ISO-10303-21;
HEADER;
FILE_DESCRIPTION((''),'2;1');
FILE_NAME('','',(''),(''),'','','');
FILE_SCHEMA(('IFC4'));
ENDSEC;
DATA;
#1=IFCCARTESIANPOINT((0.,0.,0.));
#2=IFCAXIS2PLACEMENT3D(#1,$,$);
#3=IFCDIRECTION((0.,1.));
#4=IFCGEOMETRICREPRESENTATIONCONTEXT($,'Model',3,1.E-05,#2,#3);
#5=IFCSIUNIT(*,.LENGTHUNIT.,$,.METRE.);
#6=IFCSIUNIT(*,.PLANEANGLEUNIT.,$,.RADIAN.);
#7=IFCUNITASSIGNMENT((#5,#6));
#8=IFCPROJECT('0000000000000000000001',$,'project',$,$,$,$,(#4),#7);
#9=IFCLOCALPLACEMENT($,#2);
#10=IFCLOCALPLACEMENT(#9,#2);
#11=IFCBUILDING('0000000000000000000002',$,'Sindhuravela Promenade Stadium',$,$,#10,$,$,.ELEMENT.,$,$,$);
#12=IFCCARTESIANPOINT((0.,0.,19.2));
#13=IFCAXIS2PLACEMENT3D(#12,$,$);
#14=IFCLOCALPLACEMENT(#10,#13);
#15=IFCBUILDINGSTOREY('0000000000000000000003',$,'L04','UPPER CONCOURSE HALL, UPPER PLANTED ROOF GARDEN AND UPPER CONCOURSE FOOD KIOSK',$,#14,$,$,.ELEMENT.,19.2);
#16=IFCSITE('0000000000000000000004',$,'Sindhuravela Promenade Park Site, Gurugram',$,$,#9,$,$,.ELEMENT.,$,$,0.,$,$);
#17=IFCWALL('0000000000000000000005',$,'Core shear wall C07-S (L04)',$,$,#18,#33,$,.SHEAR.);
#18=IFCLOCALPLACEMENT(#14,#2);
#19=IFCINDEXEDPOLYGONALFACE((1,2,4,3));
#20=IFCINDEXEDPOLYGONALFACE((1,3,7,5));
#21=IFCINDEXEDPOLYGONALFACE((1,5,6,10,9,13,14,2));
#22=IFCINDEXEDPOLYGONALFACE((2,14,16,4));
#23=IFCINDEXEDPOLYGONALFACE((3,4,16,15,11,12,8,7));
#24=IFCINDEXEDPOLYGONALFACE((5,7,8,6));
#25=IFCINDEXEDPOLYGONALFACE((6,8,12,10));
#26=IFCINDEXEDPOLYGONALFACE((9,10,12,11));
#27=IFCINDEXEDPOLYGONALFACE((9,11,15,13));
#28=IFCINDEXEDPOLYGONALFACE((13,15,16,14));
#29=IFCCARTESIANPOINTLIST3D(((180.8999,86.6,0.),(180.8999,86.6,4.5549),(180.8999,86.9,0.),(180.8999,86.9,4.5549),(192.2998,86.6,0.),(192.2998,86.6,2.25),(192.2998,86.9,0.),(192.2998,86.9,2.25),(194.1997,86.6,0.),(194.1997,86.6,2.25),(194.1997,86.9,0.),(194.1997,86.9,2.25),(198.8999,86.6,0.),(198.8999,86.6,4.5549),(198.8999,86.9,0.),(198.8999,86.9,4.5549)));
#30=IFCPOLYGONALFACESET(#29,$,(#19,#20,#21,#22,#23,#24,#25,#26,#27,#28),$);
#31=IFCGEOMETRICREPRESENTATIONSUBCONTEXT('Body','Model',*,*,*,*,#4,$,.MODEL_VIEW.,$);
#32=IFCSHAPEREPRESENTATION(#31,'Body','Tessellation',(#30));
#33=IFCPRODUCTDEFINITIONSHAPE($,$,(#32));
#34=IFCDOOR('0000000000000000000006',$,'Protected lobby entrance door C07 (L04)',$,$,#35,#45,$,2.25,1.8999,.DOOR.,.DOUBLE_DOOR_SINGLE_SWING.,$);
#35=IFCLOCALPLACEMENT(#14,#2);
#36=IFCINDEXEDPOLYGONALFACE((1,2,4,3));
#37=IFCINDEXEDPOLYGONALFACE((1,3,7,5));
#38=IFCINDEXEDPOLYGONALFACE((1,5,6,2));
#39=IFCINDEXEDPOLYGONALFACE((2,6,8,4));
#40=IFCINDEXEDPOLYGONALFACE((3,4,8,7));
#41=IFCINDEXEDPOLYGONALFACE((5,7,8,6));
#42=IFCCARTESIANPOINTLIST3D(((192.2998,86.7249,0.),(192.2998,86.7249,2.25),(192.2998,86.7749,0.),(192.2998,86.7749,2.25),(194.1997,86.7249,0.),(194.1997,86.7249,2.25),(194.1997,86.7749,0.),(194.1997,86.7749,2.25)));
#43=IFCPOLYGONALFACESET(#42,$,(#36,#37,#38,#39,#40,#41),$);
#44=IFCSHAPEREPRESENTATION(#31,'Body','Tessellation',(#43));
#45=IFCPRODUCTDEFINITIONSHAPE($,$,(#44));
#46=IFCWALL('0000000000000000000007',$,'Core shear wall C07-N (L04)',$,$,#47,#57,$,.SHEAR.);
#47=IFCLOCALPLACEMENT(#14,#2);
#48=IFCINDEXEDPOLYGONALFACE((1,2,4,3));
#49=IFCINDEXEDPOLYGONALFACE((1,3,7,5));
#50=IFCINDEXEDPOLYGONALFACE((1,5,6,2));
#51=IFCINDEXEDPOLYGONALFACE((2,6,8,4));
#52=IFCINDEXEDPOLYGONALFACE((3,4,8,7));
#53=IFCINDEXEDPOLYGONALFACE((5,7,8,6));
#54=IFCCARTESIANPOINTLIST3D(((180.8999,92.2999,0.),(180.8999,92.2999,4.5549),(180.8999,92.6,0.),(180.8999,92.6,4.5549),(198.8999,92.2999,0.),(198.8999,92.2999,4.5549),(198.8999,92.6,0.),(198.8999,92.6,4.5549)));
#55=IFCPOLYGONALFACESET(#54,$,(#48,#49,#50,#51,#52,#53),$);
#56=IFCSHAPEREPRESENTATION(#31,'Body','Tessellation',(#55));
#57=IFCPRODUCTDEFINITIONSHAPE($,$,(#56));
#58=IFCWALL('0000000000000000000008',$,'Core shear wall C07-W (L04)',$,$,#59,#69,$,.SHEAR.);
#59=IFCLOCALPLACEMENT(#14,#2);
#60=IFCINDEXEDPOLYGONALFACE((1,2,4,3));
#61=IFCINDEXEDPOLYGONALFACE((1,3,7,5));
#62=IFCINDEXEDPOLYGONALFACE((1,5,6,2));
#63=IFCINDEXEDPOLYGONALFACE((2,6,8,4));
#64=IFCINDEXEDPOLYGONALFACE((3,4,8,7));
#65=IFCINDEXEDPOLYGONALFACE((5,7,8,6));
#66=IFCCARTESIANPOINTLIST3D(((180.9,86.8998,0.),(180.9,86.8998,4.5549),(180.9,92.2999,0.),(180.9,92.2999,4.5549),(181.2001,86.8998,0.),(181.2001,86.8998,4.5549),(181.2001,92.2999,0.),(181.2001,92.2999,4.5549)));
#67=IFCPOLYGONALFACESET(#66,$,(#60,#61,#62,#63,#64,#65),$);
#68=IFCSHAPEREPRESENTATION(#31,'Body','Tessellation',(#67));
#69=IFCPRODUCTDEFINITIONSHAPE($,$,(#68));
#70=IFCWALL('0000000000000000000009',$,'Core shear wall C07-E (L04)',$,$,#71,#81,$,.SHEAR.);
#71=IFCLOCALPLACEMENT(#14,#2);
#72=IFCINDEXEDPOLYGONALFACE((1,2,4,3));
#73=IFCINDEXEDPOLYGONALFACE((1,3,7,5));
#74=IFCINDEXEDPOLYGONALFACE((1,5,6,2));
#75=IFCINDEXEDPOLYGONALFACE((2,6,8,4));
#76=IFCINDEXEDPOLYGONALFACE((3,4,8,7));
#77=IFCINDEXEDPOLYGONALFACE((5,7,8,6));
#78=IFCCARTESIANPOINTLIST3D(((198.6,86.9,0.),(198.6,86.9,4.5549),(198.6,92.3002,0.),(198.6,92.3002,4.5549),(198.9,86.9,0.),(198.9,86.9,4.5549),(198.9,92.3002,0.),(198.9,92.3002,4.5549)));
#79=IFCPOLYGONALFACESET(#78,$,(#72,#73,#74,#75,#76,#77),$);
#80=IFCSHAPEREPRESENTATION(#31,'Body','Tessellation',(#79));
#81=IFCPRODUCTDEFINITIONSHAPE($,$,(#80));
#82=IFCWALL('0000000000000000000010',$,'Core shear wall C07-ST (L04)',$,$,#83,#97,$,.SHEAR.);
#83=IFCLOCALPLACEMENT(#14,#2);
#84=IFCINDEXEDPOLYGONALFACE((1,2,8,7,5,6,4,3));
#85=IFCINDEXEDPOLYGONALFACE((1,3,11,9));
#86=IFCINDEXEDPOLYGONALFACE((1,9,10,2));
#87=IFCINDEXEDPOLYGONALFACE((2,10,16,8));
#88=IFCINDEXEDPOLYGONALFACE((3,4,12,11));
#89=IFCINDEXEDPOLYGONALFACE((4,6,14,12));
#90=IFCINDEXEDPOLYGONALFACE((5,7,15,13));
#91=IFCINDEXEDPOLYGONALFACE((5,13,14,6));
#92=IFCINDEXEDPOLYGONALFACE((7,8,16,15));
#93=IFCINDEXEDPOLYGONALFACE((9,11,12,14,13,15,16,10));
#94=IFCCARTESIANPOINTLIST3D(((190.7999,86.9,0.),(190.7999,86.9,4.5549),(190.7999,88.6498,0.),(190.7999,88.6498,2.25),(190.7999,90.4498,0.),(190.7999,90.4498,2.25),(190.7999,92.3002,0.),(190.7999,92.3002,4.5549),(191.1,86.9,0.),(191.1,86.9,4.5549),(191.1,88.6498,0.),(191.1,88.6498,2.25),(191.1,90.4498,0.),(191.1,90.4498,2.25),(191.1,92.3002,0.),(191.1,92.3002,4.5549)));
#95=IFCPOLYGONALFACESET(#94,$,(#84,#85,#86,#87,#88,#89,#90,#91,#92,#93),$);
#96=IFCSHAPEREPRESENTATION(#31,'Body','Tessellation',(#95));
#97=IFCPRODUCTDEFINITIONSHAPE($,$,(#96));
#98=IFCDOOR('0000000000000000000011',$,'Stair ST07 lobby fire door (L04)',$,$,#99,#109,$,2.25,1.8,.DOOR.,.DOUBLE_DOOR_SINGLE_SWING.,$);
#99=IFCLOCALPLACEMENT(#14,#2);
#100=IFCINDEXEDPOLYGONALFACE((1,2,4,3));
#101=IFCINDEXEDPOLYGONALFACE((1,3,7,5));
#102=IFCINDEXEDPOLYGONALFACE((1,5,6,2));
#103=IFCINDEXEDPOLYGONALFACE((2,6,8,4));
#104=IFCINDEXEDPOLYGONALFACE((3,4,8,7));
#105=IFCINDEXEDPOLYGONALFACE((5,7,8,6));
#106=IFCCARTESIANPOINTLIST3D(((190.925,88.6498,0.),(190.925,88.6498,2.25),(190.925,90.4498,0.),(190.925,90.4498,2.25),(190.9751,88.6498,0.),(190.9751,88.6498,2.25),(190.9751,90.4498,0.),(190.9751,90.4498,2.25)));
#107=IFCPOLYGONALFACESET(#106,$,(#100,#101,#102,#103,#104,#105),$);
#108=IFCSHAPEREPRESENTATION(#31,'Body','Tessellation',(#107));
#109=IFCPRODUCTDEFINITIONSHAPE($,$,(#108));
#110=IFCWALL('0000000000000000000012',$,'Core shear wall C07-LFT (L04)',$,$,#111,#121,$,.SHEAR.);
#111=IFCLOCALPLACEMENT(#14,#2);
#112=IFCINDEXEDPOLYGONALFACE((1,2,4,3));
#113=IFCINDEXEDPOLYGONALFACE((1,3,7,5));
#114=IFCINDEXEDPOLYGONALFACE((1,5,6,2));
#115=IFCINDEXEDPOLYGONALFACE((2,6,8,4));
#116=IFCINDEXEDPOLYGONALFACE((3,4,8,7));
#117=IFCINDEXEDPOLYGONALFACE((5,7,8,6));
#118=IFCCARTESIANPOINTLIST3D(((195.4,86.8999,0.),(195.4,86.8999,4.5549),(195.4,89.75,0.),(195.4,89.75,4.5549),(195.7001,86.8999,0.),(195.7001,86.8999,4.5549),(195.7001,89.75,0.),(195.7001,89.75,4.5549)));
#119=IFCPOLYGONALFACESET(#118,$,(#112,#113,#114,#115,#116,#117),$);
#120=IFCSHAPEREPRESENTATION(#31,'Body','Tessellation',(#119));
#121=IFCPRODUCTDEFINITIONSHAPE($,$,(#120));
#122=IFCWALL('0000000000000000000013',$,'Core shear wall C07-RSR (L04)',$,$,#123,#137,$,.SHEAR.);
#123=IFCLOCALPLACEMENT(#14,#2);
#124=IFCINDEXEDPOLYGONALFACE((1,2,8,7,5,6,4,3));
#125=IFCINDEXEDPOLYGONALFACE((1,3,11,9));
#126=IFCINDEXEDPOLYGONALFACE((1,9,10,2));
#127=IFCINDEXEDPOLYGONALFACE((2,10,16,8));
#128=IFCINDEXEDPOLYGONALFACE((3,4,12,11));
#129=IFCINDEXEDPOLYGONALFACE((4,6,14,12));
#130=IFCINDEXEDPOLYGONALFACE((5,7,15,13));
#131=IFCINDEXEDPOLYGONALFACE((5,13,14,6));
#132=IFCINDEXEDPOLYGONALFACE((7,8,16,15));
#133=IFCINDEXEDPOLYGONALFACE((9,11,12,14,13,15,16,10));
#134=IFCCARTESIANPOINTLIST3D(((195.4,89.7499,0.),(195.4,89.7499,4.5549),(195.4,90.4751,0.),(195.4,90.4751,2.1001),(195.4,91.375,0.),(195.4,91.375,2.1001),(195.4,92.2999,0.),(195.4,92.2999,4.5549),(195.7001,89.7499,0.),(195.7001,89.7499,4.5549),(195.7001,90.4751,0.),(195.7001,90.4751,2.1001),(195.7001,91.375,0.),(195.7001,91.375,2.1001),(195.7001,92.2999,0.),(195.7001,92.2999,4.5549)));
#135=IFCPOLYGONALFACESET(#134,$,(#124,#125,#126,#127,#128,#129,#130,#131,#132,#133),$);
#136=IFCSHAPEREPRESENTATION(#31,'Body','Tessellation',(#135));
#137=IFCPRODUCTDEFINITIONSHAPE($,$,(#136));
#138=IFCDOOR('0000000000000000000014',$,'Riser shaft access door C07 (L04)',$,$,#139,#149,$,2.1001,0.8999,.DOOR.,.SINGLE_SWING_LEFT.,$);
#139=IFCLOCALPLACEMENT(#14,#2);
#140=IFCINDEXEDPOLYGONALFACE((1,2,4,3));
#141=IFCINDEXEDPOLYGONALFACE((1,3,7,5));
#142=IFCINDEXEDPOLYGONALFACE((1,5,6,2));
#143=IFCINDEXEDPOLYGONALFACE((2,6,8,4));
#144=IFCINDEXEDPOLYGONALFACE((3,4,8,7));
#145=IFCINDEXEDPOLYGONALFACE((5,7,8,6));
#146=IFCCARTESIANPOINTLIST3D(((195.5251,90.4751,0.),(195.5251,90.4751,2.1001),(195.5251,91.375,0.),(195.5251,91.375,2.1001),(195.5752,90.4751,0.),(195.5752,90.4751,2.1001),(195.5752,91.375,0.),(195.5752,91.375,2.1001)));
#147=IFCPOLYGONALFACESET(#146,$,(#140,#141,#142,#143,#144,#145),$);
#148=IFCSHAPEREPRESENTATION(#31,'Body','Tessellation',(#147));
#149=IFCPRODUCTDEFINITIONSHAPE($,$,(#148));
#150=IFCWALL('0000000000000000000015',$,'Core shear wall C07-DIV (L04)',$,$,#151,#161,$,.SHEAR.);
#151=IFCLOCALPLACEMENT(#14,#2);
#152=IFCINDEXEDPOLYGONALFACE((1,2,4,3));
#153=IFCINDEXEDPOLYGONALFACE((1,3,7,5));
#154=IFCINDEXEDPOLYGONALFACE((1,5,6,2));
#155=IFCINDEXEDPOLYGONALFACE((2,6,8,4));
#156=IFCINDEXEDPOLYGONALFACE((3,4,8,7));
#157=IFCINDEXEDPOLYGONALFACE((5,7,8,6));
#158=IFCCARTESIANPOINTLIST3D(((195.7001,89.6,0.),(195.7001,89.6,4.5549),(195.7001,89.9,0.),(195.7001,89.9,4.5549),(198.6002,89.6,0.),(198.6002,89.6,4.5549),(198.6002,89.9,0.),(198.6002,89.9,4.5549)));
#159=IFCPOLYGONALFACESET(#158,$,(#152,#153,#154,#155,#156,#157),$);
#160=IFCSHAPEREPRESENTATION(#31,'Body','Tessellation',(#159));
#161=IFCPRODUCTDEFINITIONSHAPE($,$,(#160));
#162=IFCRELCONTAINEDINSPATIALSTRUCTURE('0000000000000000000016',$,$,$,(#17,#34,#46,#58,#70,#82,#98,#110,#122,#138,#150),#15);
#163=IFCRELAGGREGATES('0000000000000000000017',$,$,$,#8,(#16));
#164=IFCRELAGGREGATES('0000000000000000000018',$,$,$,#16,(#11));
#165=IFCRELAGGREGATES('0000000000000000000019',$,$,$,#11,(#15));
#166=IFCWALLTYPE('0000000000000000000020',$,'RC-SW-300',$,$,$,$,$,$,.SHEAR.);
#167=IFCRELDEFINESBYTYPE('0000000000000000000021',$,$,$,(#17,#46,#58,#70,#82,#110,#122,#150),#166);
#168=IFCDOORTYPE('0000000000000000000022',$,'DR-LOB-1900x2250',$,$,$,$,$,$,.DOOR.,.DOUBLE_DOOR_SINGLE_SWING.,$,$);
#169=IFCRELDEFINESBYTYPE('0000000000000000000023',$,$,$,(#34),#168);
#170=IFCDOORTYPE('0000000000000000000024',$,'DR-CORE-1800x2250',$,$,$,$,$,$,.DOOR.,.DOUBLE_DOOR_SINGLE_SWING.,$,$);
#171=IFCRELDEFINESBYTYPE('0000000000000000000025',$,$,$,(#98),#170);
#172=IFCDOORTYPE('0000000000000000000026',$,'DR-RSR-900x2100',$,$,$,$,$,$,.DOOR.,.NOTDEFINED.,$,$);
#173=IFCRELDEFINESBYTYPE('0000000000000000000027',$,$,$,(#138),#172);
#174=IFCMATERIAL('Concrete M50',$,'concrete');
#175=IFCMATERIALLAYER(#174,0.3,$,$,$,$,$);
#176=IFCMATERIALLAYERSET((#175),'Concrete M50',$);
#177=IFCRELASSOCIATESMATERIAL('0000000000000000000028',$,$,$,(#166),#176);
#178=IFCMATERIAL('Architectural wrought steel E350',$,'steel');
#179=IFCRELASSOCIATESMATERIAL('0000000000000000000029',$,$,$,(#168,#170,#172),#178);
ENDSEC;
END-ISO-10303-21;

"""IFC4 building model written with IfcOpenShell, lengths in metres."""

from ifc_helpers import new_model, si_unit, direction, frame, frame_2d, origin, place, context, subcontext, project, spatial, rectangle, extrude, material, layer, layer_set, type_object, element, fill, save


model = new_model("IFC4")

# Units and contexts
model_context = context("Model", 3, precision=1e-05, world=origin(), true_north=direction((0.0, 1.0)))
body_context = subcontext(model_context, "Body", "Model", "MODEL_VIEW")
ifc_project = project(units=[si_unit("LENGTHUNIT", "METRE"), si_unit("PLANEANGLEUNIT", "RADIAN")], contexts=[model_context])

# Site, building, storey
site_placement = place(None, origin())
site = spatial("IfcSite", under=ifc_project, at=site_placement, Name="Sindhuravela Promenade Park Site, Gurugram", CompositionType="ELEMENT", RefElevation=0.0)
building_placement = place(site_placement, origin())
building = spatial("IfcBuilding", under=site, at=building_placement, Name="Sindhuravela Promenade Stadium", CompositionType="ELEMENT")
storey_placement = place(building_placement, frame((0.0, 0.0, 19.2)))
storey = spatial("IfcBuildingStorey", under=building, at=storey_placement, Name="L04", Description="UPPER CONCOURSE HALL, UPPER PLANTED ROOF GARDEN AND UPPER CONCOURSE FOOD KIOSK", CompositionType="ELEMENT", Elevation=19.2)

# Shared definitions
ifc_material_1 = material(Name="Concrete M50", Category="concrete")

# Wall, opening, door
ifc_layer_1 = layer(ifc_material_1, 0.3)
ifc_layer_set_1 = layer_set([ifc_layer_1], Name="Concrete M50")
wall_type_1 = type_object("IfcWallType", Name="RC-SW-300", PredefinedType="SHEAR", material=ifc_layer_set_1)
wall_1_placement = place(storey_placement, frame((180.8999, 86.75, 0.0), z_axis=(0.0, 0.0, 1.0), x_axis=(1.0, 0.0, 0.0)))
wall_1 = element("IfcWall", 1, at=wall_1_placement, inside=storey, type_object=wall_type_1, Name="Core shear wall C07-S (L04)", PredefinedType="SHEAR", context=body_context, shape_type="SweptSolid", body=[
    extrude(rectangle(XDim=18.0, YDim=0.3, at=frame_2d((9.0, 0.0))), origin(), (0.0, 0.0, 1.0), 4.5549),
])
opening_1_placement = place(wall_1_placement, frame((11.3999, 0.0, 0.0)))
opening_1 = element("IfcOpeningElement", 2, at=opening_1_placement, cuts=wall_1, PredefinedType="OPENING", context=body_context, shape_type="SweptSolid", body=[
    extrude(rectangle(XDim=1.8999, YDim=2.25, at=frame_2d((0.95, 1.125))), frame((0.0, 0.1599, 0.0), z_axis=(0.0, -1.0, 0.0), x_axis=(1.0, 0.0, 0.0)), (0.0, 0.0, 1.0), 0.3201),
])
ifc_material_2 = material(Name="Architectural wrought steel E350", Category="steel")
door_type_1 = type_object("IfcDoorType", Name="DR-LOB-1900x2250", OperationType="DOUBLE_DOOR_SINGLE_SWING", PredefinedType="DOOR", material=ifc_material_2)
door_1_placement = place(opening_1_placement, origin())
door_1 = element("IfcDoor", 3, at=door_1_placement, inside=storey, type_object=door_type_1, Name="Protected lobby entrance door C07 (L04)", OperationType="DOUBLE_DOOR_SINGLE_SWING", OverallHeight=2.25, OverallWidth=1.8999, PredefinedType="DOOR", context=body_context, shape_type="SweptSolid", body=[
    extrude(rectangle(XDim=1.8999, YDim=2.25, at=frame_2d((0.95, 1.125))), frame((0.0, 0.0249, 0.0), z_axis=(0.0, -1.0, 0.0), x_axis=(1.0, 0.0, 0.0)), (0.0, 0.0, 1.0), 0.05),
])
fill(opening_1, door_1)

# Walls
wall_2_placement = place(storey_placement, frame((198.8999, 92.45, 0.0), z_axis=(0.0, 0.0, 1.0), x_axis=(-1.0, 0.0, 0.0)))
element("IfcWall", 4, at=wall_2_placement, inside=storey, type_object=wall_type_1, Name="Core shear wall C07-N (L04)", PredefinedType="SHEAR", context=body_context, shape_type="SweptSolid", body=[
    extrude(rectangle(XDim=18.0, YDim=0.3, at=frame_2d((9.0, 0.0))), origin(), (0.0, 0.0, 1.0), 4.5549),
])
for number, where, z_axis, x_axis, name in (
    (5, (181.05, 92.3, 0.0), (0.0, 0.0, 1.0), (0.0, -1.0, 0.0), "Core shear wall C07-W (L04)"),
    (6, (198.75, 86.8999, 0.0), (0.0, 0.0, 1.0), (0.0, 1.0, 0.0), "Core shear wall C07-E (L04)"),
):
    element("IfcWall", number, at=place(storey_placement, frame(where, z_axis=z_axis, x_axis=x_axis)), inside=storey, type_object=wall_type_1, Name=name, PredefinedType="SHEAR", context=body_context, shape_type="SweptSolid", body=[
        extrude(rectangle(XDim=5.4001, YDim=0.3, at=frame_2d((2.7002, 0.0))), origin(), (0.0, 0.0, 1.0), 4.5549),
    ])

# Wall, opening, door
wall_3_placement = place(storey_placement, frame((190.95, 86.8999, 0.0), z_axis=(0.0, 0.0, 1.0), x_axis=(0.0, 1.0, 0.0)))
wall_3 = element("IfcWall", 7, at=wall_3_placement, inside=storey, type_object=wall_type_1, Name="Core shear wall C07-ST (L04)", PredefinedType="SHEAR", context=body_context, shape_type="SweptSolid", body=[
    extrude(rectangle(XDim=5.4001, YDim=0.3, at=frame_2d((2.7002, 0.0))), origin(), (0.0, 0.0, 1.0), 4.5549),
])
opening_2_placement = place(wall_3_placement, frame((1.75, 0.0, 0.0)))
opening_2 = element("IfcOpeningElement", 8, at=opening_2_placement, cuts=wall_3, PredefinedType="OPENING", context=body_context, shape_type="SweptSolid", body=[
    extrude(rectangle(XDim=1.8, YDim=2.25, at=frame_2d((0.8999, 1.125))), frame((0.0, 0.1599, 0.0), z_axis=(0.0, -1.0, 0.0), x_axis=(1.0, 0.0, 0.0)), (0.0, 0.0, 1.0), 0.3201),
])
door_type_2 = type_object("IfcDoorType", Name="DR-CORE-1800x2250", OperationType="DOUBLE_DOOR_SINGLE_SWING", PredefinedType="DOOR", material=ifc_material_2)
door_2_placement = place(opening_2_placement, origin())
door_2 = element("IfcDoor", 9, at=door_2_placement, inside=storey, type_object=door_type_2, Name="Stair ST07 lobby fire door (L04)", OperationType="DOUBLE_DOOR_SINGLE_SWING", OverallHeight=2.25, OverallWidth=1.8, PredefinedType="DOOR", context=body_context, shape_type="SweptSolid", body=[
    extrude(rectangle(XDim=1.8, YDim=2.25, at=frame_2d((0.8999, 1.125))), frame((0.0, 0.0249, 0.0), z_axis=(0.0, -1.0, 0.0), x_axis=(1.0, 0.0, 0.0)), (0.0, 0.0, 1.0), 0.05),
])
fill(opening_2, door_2)

# Wall
wall_4_placement = place(storey_placement, frame((195.55, 86.8999, 0.0), z_axis=(0.0, 0.0, 1.0), x_axis=(0.0, 1.0, 0.0)))
element("IfcWall", 10, at=wall_4_placement, inside=storey, type_object=wall_type_1, Name="Core shear wall C07-LFT (L04)", PredefinedType="SHEAR", context=body_context, shape_type="SweptSolid", body=[
    extrude(rectangle(XDim=2.8501, YDim=0.3, at=frame_2d((1.425, 0.0))), origin(), (0.0, 0.0, 1.0), 4.5549),
])

# Wall, opening, door
wall_5_placement = place(storey_placement, frame((195.55, 89.75, 0.0), z_axis=(0.0, 0.0, 1.0), x_axis=(0.0, 1.0, 0.0)))
wall_5 = element("IfcWall", 11, at=wall_5_placement, inside=storey, type_object=wall_type_1, Name="Core shear wall C07-RSR (L04)", PredefinedType="SHEAR", context=body_context, shape_type="SweptSolid", body=[
    extrude(rectangle(XDim=2.55, YDim=0.3, at=frame_2d((1.2749, 0.0))), origin(), (0.0, 0.0, 1.0), 4.5549),
])
opening_3_placement = place(wall_5_placement, frame((0.7251, 0.0, 0.0)))
opening_3 = element("IfcOpeningElement", 12, at=opening_3_placement, cuts=wall_5, PredefinedType="OPENING", context=body_context, shape_type="SweptSolid", body=[
    extrude(rectangle(XDim=0.8999, YDim=2.1001, at=frame_2d((0.45, 1.05))), frame((0.0, 0.1599, 0.0), z_axis=(0.0, -1.0, 0.0), x_axis=(1.0, 0.0, 0.0)), (0.0, 0.0, 1.0), 0.3201),
])
door_type_3 = type_object("IfcDoorType", Name="DR-RSR-900x2100", OperationType="NOTDEFINED", PredefinedType="DOOR", material=ifc_material_2)
door_3_placement = place(opening_3_placement, origin())
door_3 = element("IfcDoor", 13, at=door_3_placement, inside=storey, type_object=door_type_3, Name="Riser shaft access door C07 (L04)", OperationType="SINGLE_SWING_LEFT", OverallHeight=2.1001, OverallWidth=0.8999, PredefinedType="DOOR", context=body_context, shape_type="SweptSolid", body=[
    extrude(rectangle(XDim=0.8999, YDim=2.1001, at=frame_2d((0.45, 1.05))), frame((0.0, 0.0249, 0.0), z_axis=(0.0, -1.0, 0.0), x_axis=(1.0, 0.0, 0.0)), (0.0, 0.0, 1.0), 0.05),
])
fill(opening_3, door_3)

# Wall
wall_6_placement = place(storey_placement, frame((195.7, 89.75, 0.0), z_axis=(0.0, 0.0, 1.0), x_axis=(1.0, 0.0, 0.0)))
element("IfcWall", 14, at=wall_6_placement, inside=storey, type_object=wall_type_1, Name="Core shear wall C07-DIV (L04)", PredefinedType="SHEAR", context=body_context, shape_type="SweptSolid", body=[
    extrude(rectangle(XDim=2.9001, YDim=0.3, at=frame_2d((1.4502, 0.0))), origin(), (0.0, 0.0, 1.0), 4.5549),
])

save(model, "model.ifc")
